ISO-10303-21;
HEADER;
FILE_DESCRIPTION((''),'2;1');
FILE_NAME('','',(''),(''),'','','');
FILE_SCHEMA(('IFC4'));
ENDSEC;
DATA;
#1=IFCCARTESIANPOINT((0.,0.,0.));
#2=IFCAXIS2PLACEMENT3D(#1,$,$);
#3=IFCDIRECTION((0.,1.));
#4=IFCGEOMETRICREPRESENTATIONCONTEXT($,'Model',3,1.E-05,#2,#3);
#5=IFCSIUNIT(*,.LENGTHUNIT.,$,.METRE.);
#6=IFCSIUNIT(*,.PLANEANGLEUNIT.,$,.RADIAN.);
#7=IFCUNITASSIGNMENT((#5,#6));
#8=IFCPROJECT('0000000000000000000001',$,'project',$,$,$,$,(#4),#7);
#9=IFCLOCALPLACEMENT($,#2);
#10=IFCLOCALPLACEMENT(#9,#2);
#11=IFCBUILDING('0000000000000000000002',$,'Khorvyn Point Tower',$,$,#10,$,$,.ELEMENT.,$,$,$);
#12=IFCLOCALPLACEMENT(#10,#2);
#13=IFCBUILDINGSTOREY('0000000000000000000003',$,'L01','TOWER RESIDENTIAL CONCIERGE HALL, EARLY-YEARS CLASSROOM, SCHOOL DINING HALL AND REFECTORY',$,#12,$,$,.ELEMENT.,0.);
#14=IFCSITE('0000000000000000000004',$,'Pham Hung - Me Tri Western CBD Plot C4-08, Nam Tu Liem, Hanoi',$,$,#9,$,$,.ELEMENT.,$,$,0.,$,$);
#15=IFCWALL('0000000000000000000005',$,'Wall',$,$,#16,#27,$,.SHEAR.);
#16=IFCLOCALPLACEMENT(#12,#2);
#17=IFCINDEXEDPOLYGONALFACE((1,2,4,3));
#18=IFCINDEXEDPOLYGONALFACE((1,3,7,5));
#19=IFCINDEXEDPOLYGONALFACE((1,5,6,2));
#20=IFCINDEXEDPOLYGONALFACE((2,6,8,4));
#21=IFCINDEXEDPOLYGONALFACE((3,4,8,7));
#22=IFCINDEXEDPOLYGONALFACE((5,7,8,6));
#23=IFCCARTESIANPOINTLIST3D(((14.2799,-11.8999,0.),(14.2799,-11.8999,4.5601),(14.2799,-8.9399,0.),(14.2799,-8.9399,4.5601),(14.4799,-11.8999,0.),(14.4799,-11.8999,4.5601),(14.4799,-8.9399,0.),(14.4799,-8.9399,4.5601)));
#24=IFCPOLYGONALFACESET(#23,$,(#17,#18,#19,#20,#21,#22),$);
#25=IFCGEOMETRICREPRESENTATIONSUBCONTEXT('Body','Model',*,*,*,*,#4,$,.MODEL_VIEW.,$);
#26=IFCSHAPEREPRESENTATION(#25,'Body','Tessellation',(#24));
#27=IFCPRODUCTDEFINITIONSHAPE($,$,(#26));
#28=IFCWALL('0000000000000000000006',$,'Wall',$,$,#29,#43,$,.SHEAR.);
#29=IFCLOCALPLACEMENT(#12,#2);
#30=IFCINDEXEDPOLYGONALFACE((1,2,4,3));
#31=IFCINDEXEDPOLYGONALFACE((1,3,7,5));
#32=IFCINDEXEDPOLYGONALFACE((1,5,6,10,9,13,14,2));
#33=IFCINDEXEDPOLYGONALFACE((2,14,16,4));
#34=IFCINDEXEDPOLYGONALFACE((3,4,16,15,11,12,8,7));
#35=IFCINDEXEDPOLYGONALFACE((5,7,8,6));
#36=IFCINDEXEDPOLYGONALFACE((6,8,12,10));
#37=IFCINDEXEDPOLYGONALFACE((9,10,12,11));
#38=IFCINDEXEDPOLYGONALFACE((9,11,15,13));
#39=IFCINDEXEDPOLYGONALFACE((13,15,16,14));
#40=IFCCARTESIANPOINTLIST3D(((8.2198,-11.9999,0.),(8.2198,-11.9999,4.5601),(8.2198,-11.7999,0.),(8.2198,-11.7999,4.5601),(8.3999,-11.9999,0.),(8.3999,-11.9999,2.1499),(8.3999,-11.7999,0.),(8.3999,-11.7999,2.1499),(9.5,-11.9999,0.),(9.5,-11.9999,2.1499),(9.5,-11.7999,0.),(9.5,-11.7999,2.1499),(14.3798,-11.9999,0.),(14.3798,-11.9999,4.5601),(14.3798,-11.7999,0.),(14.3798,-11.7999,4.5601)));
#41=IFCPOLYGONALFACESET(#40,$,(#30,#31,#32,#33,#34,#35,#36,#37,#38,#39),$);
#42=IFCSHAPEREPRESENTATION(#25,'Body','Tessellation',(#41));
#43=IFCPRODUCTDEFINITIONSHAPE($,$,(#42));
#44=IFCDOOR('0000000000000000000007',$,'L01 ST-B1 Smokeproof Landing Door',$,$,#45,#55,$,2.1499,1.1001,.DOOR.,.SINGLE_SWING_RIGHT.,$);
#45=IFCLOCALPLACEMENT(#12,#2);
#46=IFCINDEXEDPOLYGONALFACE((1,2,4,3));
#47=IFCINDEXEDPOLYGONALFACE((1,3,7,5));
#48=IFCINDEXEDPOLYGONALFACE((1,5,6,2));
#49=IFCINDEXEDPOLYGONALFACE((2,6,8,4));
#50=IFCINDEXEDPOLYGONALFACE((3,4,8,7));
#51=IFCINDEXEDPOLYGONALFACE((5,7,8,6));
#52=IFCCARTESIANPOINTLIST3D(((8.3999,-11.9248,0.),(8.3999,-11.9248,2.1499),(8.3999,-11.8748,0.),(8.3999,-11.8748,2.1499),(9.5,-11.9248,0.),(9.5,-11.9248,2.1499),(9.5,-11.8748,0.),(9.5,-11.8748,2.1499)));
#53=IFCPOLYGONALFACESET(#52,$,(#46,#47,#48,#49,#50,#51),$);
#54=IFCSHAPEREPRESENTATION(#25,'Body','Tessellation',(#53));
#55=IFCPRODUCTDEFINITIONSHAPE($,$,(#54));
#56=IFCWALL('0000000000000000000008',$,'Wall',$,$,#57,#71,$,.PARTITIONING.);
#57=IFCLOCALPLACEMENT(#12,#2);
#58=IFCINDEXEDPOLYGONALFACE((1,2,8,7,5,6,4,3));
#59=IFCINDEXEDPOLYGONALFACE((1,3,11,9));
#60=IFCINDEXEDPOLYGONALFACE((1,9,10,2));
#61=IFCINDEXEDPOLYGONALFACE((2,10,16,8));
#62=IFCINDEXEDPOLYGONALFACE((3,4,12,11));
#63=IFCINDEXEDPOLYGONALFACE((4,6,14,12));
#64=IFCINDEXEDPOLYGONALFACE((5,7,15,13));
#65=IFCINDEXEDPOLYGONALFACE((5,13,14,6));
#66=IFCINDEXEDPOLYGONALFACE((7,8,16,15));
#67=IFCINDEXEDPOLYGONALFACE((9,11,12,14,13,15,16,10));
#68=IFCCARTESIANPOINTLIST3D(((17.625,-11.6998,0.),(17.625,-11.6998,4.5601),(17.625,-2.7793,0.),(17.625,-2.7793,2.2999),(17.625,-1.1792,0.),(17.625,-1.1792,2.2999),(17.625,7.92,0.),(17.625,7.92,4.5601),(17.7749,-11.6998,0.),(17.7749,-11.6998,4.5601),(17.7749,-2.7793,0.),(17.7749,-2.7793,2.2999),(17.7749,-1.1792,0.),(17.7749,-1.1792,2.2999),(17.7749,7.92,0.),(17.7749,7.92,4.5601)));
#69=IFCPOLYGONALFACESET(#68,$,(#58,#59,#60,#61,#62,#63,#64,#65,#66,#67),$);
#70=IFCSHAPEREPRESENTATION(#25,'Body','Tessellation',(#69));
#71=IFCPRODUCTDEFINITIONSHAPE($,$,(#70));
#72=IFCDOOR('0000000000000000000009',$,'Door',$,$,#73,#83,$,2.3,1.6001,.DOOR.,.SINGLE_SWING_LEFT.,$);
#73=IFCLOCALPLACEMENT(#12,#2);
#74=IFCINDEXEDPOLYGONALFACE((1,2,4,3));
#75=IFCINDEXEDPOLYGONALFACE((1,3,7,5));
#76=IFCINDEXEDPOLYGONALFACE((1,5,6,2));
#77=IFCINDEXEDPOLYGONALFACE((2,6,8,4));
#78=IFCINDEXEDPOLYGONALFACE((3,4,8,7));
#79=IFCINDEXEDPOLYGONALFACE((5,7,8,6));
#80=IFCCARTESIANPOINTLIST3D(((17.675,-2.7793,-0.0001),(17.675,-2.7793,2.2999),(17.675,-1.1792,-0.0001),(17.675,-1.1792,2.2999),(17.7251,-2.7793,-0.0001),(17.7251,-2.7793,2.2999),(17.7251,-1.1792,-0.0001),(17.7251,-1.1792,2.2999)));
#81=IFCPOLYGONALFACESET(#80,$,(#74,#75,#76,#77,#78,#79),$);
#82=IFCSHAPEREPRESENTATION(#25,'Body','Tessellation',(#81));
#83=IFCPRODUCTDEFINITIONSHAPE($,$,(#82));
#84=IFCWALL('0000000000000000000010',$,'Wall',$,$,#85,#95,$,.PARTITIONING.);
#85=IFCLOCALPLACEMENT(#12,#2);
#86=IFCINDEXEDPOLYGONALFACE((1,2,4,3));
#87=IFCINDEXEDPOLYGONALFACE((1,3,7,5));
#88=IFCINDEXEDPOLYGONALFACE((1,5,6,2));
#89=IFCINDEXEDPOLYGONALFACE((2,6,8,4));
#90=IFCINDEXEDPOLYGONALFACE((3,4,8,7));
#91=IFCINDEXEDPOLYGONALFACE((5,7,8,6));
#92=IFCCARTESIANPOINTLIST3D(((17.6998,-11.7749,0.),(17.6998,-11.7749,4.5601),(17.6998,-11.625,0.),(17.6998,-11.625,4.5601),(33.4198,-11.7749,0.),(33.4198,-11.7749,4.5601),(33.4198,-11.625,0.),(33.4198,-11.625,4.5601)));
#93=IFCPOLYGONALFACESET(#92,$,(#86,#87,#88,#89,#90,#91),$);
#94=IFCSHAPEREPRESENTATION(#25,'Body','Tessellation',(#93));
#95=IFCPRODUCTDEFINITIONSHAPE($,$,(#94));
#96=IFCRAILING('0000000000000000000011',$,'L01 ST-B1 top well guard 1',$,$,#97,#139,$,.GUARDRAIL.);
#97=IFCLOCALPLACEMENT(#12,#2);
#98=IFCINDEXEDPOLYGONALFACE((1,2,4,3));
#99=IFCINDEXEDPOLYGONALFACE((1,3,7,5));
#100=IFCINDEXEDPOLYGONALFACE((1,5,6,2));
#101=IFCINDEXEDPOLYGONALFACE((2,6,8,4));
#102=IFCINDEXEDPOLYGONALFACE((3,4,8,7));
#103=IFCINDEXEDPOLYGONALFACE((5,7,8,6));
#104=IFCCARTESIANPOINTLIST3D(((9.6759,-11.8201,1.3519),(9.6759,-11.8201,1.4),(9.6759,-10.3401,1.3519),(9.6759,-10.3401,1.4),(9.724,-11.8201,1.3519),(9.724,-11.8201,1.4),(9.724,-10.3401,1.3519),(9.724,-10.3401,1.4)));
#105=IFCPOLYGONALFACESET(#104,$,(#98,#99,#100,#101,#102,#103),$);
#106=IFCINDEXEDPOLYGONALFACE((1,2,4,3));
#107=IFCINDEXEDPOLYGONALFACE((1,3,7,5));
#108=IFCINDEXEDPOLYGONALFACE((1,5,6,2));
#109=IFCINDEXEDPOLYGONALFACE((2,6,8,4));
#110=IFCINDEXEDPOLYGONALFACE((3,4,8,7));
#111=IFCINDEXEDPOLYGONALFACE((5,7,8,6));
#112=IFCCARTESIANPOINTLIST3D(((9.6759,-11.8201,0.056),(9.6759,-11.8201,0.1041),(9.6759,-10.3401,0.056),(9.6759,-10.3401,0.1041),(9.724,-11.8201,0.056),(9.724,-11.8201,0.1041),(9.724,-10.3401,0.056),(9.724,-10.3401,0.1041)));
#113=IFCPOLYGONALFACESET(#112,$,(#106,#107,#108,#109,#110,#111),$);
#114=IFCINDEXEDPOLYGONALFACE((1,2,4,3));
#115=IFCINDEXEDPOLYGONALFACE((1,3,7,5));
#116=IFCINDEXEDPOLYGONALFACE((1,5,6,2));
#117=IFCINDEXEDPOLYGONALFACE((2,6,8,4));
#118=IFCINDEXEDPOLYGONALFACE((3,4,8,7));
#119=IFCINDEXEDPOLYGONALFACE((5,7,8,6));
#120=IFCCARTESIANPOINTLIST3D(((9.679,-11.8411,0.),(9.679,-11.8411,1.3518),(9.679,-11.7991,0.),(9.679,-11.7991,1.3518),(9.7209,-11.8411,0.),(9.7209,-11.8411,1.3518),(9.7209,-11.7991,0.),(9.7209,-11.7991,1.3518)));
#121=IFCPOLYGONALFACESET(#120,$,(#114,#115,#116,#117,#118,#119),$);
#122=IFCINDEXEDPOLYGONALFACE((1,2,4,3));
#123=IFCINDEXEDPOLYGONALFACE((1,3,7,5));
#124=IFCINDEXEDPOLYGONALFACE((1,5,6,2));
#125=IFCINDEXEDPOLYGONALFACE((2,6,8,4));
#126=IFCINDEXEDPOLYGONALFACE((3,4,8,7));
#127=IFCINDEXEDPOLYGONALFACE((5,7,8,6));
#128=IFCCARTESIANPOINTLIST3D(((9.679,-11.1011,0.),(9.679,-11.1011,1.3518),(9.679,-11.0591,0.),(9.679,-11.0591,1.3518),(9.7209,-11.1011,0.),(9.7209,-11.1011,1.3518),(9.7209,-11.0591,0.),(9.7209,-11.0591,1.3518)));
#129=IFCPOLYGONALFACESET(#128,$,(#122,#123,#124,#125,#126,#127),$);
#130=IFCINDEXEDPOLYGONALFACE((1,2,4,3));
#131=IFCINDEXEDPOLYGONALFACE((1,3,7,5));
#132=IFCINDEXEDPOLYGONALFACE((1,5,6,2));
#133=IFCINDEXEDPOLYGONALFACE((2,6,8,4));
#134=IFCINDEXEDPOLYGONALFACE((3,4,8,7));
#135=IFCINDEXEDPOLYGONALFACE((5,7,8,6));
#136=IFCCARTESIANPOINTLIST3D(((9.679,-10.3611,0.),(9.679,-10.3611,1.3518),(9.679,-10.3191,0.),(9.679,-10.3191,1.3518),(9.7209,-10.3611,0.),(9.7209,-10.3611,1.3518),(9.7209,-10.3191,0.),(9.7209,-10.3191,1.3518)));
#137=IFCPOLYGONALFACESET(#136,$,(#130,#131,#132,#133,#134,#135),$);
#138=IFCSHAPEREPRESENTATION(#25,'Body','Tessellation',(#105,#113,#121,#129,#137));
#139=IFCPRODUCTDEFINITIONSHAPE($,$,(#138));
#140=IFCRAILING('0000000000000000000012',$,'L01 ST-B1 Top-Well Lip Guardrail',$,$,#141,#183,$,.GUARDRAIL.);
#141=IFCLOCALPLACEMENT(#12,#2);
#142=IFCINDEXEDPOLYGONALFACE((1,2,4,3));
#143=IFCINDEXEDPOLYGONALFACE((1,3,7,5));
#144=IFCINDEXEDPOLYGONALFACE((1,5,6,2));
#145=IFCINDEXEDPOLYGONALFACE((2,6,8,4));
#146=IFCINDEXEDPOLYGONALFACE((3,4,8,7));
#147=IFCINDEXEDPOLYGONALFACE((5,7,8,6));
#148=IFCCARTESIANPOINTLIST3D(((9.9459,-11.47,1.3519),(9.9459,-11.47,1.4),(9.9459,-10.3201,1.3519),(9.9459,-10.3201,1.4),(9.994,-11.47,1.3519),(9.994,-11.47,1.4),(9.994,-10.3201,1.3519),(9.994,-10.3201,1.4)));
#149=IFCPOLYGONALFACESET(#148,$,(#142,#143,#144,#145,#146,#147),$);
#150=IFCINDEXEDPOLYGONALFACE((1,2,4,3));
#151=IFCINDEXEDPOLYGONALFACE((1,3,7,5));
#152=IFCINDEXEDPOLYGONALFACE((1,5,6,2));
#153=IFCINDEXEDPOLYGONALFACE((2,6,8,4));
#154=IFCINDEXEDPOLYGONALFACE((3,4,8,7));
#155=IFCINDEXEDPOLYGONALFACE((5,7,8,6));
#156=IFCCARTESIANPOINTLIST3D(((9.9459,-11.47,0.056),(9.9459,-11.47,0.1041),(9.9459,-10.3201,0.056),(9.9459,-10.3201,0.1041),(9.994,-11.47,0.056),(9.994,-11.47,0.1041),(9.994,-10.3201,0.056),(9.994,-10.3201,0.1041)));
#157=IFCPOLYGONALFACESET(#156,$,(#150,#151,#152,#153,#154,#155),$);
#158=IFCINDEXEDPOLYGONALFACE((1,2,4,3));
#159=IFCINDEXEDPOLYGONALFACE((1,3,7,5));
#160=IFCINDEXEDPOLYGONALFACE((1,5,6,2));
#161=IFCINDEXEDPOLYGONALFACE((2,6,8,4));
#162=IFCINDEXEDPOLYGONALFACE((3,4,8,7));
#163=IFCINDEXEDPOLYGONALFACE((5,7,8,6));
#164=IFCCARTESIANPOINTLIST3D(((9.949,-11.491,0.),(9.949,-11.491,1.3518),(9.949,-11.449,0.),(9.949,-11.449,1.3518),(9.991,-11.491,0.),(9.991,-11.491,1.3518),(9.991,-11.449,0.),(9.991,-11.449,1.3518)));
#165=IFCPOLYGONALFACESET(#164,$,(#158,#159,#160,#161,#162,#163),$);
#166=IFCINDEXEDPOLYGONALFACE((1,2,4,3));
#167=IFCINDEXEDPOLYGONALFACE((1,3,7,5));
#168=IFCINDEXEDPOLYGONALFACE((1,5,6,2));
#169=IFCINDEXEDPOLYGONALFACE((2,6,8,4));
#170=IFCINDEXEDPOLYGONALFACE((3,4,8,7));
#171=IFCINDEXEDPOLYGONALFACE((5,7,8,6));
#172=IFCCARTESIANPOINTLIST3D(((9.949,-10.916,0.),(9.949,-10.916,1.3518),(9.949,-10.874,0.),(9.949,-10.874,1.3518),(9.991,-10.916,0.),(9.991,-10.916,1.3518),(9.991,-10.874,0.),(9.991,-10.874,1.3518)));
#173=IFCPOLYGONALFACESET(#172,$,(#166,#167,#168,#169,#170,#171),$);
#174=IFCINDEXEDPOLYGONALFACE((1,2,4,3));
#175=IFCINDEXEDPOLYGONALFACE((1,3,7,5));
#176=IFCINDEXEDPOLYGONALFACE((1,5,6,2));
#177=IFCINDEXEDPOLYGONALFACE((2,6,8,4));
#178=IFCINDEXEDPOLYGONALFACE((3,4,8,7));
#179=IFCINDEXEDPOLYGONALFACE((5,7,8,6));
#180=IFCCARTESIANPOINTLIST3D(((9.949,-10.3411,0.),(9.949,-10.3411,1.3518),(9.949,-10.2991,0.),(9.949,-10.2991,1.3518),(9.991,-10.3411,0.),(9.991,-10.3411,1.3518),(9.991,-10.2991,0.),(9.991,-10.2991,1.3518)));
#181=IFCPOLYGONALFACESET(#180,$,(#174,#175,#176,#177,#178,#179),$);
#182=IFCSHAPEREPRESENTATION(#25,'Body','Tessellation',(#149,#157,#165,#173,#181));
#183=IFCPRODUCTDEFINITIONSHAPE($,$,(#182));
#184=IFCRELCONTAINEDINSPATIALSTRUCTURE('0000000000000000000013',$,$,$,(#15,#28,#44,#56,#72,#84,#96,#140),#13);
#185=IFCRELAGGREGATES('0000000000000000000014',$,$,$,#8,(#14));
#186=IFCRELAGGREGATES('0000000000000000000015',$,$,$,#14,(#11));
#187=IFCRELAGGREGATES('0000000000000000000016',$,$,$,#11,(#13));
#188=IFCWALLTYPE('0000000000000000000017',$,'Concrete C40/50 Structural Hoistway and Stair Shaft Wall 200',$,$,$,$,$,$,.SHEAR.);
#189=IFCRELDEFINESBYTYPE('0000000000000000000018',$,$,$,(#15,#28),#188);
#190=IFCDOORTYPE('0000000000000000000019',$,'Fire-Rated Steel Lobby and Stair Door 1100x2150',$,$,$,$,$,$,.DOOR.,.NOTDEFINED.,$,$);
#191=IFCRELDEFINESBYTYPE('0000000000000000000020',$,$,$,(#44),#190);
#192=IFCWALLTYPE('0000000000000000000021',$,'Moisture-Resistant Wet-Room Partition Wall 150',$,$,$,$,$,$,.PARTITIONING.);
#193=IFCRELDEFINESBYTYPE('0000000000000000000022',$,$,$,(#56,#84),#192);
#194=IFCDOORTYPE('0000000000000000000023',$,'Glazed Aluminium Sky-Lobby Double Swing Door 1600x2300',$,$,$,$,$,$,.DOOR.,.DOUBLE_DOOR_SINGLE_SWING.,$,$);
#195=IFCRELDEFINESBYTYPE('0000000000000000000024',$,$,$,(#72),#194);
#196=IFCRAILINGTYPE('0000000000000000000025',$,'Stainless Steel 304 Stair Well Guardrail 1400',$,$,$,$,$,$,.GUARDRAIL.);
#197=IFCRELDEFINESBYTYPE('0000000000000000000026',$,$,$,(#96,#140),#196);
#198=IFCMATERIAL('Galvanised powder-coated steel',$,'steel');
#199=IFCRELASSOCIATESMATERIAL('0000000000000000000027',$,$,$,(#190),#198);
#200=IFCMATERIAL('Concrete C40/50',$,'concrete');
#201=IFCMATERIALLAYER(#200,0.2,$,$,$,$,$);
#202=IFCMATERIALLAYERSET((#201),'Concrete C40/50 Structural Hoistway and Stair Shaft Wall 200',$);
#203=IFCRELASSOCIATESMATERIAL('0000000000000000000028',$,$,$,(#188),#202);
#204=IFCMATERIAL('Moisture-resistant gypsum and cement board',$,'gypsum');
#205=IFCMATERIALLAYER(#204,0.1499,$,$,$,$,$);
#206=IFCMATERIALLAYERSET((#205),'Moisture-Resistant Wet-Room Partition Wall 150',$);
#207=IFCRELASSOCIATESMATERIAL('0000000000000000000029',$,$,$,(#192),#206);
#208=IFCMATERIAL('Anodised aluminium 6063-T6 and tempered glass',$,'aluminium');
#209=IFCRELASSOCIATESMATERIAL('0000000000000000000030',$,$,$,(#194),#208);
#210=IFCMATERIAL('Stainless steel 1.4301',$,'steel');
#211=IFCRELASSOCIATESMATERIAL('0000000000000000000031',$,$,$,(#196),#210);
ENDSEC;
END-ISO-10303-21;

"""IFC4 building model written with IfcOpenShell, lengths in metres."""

from ifc_helpers import new_model, si_unit, direction, frame, frame_2d, origin, origin_2d, place, context, subcontext, project, spatial, rectangle, extrude, material, layer, layer_set, type_object, element, fill, save


model = new_model("IFC4")

# Units and contexts
model_context = context("Model", 3, precision=1e-05, world=origin(), true_north=direction((0.0, 1.0)))
body_context = subcontext(model_context, "Body", "Model", "MODEL_VIEW")
ifc_project = project(units=[si_unit("LENGTHUNIT", "METRE"), si_unit("PLANEANGLEUNIT", "RADIAN")], contexts=[model_context])

# Site, building, storey
site_placement = place(None, origin())
site = spatial("IfcSite", under=ifc_project, at=site_placement, Name="Pham Hung - Me Tri Western CBD Plot C4-08, Nam Tu Liem, Hanoi", CompositionType="ELEMENT", RefElevation=0.0)
building_placement = place(site_placement, origin())
building = spatial("IfcBuilding", under=site, at=building_placement, Name="Khorvyn Point Tower", CompositionType="ELEMENT")
storey_placement = place(building_placement, origin())
storey = spatial("IfcBuildingStorey", under=building, at=storey_placement, Name="L01", Description="TOWER RESIDENTIAL CONCIERGE HALL, EARLY-YEARS CLASSROOM, SCHOOL DINING HALL AND REFECTORY", CompositionType="ELEMENT", Elevation=0.0)

# Shared definitions
ifc_material_1 = material(Name="Concrete C40/50", Category="concrete")

# Shared definitions
ifc_material_2 = material(Name="Galvanised powder-coated steel", Category="steel")
door_type_1 = type_object("IfcDoorType", Name="Fire-Rated Steel Lobby and Stair Door 1100x2150", OperationType="NOTDEFINED", PredefinedType="DOOR", material=ifc_material_2)

# Wall
ifc_layer_1 = layer(ifc_material_1, 0.2)
ifc_layer_set_1 = layer_set([ifc_layer_1], Name="Concrete C40/50 Structural Hoistway and Stair Shaft Wall 200")
wall_type_1 = type_object("IfcWallType", Name="Concrete C40/50 Structural Hoistway and Stair Shaft Wall 200", PredefinedType="SHEAR", material=ifc_layer_set_1)
wall_1_placement = place(storey_placement, frame((14.3799, -8.9399, 0.0), z_axis=(0.0, 0.0, 1.0), x_axis=(0.0, -1.0, 0.0)))
element("IfcWall", 1, at=wall_1_placement, inside=storey, type_object=wall_type_1, Name="Wall", PredefinedType="SHEAR", context=body_context, shape_type="SweptSolid", body=[
    extrude(rectangle(XDim=2.96, YDim=0.2, at=frame_2d((1.48, 0.0))), origin(), (0.0, 0.0, 1.0), 4.5601),
])

# Walls, openings, doors
wall_2_placement = place(storey_placement, frame((14.3799, -11.8999, 0.0), z_axis=(0.0, 0.0, 1.0), x_axis=(-1.0, 0.0, 0.0)))
wall_2 = element("IfcWall", 2, at=wall_2_placement, inside=storey, type_object=wall_type_1, Name="Wall", PredefinedType="SHEAR", context=body_context, shape_type="SweptSolid", body=[
    extrude(rectangle(XDim=6.1599, YDim=0.2, at=frame_2d((3.0801, 0.0))), origin(), (0.0, 0.0, 1.0), 4.5601),
])
opening_1_placement = place(wall_2_placement, frame((4.8799, 0.0, 0.0)))
opening_1 = element("IfcOpeningElement", 3, at=opening_1_placement, cuts=wall_2, PredefinedType="OPENING", context=body_context, shape_type="SweptSolid", body=[
    extrude(rectangle(XDim=1.1001, YDim=2.1499, at=frame_2d((0.55, 1.075))), frame((0.0, 0.1099, 0.0), z_axis=(0.0, -1.0, 0.0), x_axis=(1.0, 0.0, 0.0)), (0.0, 0.0, 1.0), 0.22),
])
door_1_placement = place(opening_1_placement, origin())
door_1 = element("IfcDoor", 4, at=door_1_placement, inside=storey, type_object=door_type_1, Name="L01 ST-B1 Smokeproof Landing Door", OperationType="SINGLE_SWING_RIGHT", OverallHeight=2.1499, OverallWidth=1.1001, PredefinedType="DOOR", context=body_context, shape_type="SweptSolid", body=[
    extrude(rectangle(XDim=1.1001, YDim=2.1499, at=frame_2d((0.55, 1.075))), frame((0.0, 0.0249, 0.0), z_axis=(0.0, -1.0, 0.0), x_axis=(1.0, 0.0, 0.0)), (0.0, 0.0, 1.0), 0.05),
])
fill(opening_1, door_1)
ifc_material_3 = material(Name="Moisture-resistant gypsum and cement board", Category="gypsum")
ifc_layer_2 = layer(ifc_material_3, 0.1499)
ifc_layer_set_2 = layer_set([ifc_layer_2], Name="Moisture-Resistant Wet-Room Partition Wall 150")
wall_type_2 = type_object("IfcWallType", Name="Moisture-Resistant Wet-Room Partition Wall 150", PredefinedType="PARTITIONING", material=ifc_layer_set_2)
wall_3_placement = place(storey_placement, frame((17.7, -11.7, 0.0), z_axis=(0.0, 0.0, 1.0), x_axis=(0.0, 1.0, 0.0)))
wall_3 = element("IfcWall", 5, at=wall_3_placement, inside=storey, type_object=wall_type_2, Name="Wall", PredefinedType="PARTITIONING", context=body_context, shape_type="SweptSolid", body=[
    extrude(rectangle(XDim=19.6199, YDim=0.1499, at=frame_2d((9.8101, 0.0))), origin(), (0.0, 0.0, 1.0), 4.5601),
])
opening_2_placement = place(wall_3_placement, frame((8.9207, 0.0, 0.0)))
opening_2 = element("IfcOpeningElement", 6, at=opening_2_placement, cuts=wall_3, PredefinedType="OPENING", context=body_context, shape_type="SweptSolid", body=[
    extrude(rectangle(XDim=1.6001, YDim=2.3, at=frame_2d((0.8, 1.1499))), frame((0.0, 0.085, 0.0), z_axis=(0.0, -1.0, 0.0), x_axis=(1.0, 0.0, 0.0)), (0.0, 0.0, 1.0), 0.1699),
])
ifc_material_4 = material(Name="Anodised aluminium 6063-T6 and tempered glass", Category="aluminium")
door_type_2 = type_object("IfcDoorType", Name="Glazed Aluminium Sky-Lobby Double Swing Door 1600x2300", OperationType="DOUBLE_DOOR_SINGLE_SWING", PredefinedType="DOOR", material=ifc_material_4)
door_2_placement = place(opening_2_placement, origin())
door_2 = element("IfcDoor", 7, at=door_2_placement, inside=storey, type_object=door_type_2, Name="Door", OperationType="SINGLE_SWING_LEFT", OverallHeight=2.3, OverallWidth=1.6001, PredefinedType="DOOR", context=body_context, shape_type="SweptSolid", body=[
    extrude(rectangle(XDim=1.6001, YDim=2.3, at=frame_2d((0.8, 1.1499))), frame((0.0, 0.0249, 0.0), z_axis=(0.0, -1.0, 0.0), x_axis=(1.0, 0.0, 0.0)), (0.0, 0.0, 1.0), 0.05),
])
fill(opening_2, door_2)

# Wall
wall_4_placement = place(storey_placement, frame((17.7, -11.7, 0.0), z_axis=(0.0, 0.0, 1.0), x_axis=(1.0, 0.0, 0.0)))
element("IfcWall", 8, at=wall_4_placement, inside=storey, type_object=wall_type_2, Name="Wall", PredefinedType="PARTITIONING", context=body_context, shape_type="SweptSolid", body=[
    extrude(rectangle(XDim=15.72, YDim=0.1499, at=frame_2d((7.8599, 0.0))), origin(), (0.0, 0.0, 1.0), 4.5601),
])

# Railings
ifc_material_5 = material(Name="Stainless steel 1.4301", Category="steel")
railing_type = type_object("IfcRailingType", Name="Stainless Steel 304 Stair Well Guardrail 1400", PredefinedType="GUARDRAIL", material=ifc_material_5)
railing_1_placement = place(storey_placement, frame((9.7, -11.8201, 0.0)))
element("IfcRailing", 9, at=railing_1_placement, inside=storey, type_object=railing_type, Name="L01 ST-B1 top well guard 1", PredefinedType="GUARDRAIL", context=body_context, shape_type="SweptSolid", body=[
    extrude(rectangle(XDim=0.0481, YDim=0.0481, at=origin_2d()), frame((0.0, 0.0, 1.376), z_axis=(0.0, 1.0, 0.0), x_axis=(-1.0, 0.0, 0.0)), (0.0, 0.0, 1.0), 1.48),
    extrude(rectangle(XDim=0.0481, YDim=0.0481, at=origin_2d()), frame((0.0, 0.0, 0.0801), z_axis=(0.0, 1.0, 0.0), x_axis=(-1.0, 0.0, 0.0)), (0.0, 0.0, 1.0), 1.48),
    extrude(rectangle(XDim=0.042, YDim=0.042, at=origin_2d()), origin(), (0.0, 0.0, 1.0), 1.3518),
    extrude(rectangle(XDim=0.042, YDim=0.042, at=origin_2d()), frame((0.0, 0.74, 0.0)), (0.0, 0.0, 1.0), 1.3518),
    extrude(rectangle(XDim=0.042, YDim=0.042, at=origin_2d()), frame((0.0, 1.48, 0.0)), (0.0, 0.0, 1.0), 1.3518),
])
railing_2_placement = place(storey_placement, frame((9.97, -11.47, 0.0)))
element("IfcRailing", 10, at=railing_2_placement, inside=storey, type_object=railing_type, Name="L01 ST-B1 Top-Well Lip Guardrail", PredefinedType="GUARDRAIL", context=body_context, shape_type="SweptSolid", body=[
    extrude(rectangle(XDim=0.0481, YDim=0.0481, at=origin_2d()), frame((0.0, 0.0, 1.376), z_axis=(0.0, 1.0, 0.0), x_axis=(-1.0, 0.0, 0.0)), (0.0, 0.0, 1.0), 1.1499),
    extrude(rectangle(XDim=0.0481, YDim=0.0481, at=origin_2d()), frame((0.0, 0.0, 0.0801), z_axis=(0.0, 1.0, 0.0), x_axis=(-1.0, 0.0, 0.0)), (0.0, 0.0, 1.0), 1.1499),
    extrude(rectangle(XDim=0.042, YDim=0.042, at=origin_2d()), origin(), (0.0, 0.0, 1.0), 1.3518),
    extrude(rectangle(XDim=0.042, YDim=0.042, at=origin_2d()), frame((0.0, 0.575, 0.0)), (0.0, 0.0, 1.0), 1.3518),
    extrude(rectangle(XDim=0.042, YDim=0.042, at=origin_2d()), frame((0.0, 1.1499, 0.0)), (0.0, 0.0, 1.0), 1.3518),
])

save(model, "model.ifc")
